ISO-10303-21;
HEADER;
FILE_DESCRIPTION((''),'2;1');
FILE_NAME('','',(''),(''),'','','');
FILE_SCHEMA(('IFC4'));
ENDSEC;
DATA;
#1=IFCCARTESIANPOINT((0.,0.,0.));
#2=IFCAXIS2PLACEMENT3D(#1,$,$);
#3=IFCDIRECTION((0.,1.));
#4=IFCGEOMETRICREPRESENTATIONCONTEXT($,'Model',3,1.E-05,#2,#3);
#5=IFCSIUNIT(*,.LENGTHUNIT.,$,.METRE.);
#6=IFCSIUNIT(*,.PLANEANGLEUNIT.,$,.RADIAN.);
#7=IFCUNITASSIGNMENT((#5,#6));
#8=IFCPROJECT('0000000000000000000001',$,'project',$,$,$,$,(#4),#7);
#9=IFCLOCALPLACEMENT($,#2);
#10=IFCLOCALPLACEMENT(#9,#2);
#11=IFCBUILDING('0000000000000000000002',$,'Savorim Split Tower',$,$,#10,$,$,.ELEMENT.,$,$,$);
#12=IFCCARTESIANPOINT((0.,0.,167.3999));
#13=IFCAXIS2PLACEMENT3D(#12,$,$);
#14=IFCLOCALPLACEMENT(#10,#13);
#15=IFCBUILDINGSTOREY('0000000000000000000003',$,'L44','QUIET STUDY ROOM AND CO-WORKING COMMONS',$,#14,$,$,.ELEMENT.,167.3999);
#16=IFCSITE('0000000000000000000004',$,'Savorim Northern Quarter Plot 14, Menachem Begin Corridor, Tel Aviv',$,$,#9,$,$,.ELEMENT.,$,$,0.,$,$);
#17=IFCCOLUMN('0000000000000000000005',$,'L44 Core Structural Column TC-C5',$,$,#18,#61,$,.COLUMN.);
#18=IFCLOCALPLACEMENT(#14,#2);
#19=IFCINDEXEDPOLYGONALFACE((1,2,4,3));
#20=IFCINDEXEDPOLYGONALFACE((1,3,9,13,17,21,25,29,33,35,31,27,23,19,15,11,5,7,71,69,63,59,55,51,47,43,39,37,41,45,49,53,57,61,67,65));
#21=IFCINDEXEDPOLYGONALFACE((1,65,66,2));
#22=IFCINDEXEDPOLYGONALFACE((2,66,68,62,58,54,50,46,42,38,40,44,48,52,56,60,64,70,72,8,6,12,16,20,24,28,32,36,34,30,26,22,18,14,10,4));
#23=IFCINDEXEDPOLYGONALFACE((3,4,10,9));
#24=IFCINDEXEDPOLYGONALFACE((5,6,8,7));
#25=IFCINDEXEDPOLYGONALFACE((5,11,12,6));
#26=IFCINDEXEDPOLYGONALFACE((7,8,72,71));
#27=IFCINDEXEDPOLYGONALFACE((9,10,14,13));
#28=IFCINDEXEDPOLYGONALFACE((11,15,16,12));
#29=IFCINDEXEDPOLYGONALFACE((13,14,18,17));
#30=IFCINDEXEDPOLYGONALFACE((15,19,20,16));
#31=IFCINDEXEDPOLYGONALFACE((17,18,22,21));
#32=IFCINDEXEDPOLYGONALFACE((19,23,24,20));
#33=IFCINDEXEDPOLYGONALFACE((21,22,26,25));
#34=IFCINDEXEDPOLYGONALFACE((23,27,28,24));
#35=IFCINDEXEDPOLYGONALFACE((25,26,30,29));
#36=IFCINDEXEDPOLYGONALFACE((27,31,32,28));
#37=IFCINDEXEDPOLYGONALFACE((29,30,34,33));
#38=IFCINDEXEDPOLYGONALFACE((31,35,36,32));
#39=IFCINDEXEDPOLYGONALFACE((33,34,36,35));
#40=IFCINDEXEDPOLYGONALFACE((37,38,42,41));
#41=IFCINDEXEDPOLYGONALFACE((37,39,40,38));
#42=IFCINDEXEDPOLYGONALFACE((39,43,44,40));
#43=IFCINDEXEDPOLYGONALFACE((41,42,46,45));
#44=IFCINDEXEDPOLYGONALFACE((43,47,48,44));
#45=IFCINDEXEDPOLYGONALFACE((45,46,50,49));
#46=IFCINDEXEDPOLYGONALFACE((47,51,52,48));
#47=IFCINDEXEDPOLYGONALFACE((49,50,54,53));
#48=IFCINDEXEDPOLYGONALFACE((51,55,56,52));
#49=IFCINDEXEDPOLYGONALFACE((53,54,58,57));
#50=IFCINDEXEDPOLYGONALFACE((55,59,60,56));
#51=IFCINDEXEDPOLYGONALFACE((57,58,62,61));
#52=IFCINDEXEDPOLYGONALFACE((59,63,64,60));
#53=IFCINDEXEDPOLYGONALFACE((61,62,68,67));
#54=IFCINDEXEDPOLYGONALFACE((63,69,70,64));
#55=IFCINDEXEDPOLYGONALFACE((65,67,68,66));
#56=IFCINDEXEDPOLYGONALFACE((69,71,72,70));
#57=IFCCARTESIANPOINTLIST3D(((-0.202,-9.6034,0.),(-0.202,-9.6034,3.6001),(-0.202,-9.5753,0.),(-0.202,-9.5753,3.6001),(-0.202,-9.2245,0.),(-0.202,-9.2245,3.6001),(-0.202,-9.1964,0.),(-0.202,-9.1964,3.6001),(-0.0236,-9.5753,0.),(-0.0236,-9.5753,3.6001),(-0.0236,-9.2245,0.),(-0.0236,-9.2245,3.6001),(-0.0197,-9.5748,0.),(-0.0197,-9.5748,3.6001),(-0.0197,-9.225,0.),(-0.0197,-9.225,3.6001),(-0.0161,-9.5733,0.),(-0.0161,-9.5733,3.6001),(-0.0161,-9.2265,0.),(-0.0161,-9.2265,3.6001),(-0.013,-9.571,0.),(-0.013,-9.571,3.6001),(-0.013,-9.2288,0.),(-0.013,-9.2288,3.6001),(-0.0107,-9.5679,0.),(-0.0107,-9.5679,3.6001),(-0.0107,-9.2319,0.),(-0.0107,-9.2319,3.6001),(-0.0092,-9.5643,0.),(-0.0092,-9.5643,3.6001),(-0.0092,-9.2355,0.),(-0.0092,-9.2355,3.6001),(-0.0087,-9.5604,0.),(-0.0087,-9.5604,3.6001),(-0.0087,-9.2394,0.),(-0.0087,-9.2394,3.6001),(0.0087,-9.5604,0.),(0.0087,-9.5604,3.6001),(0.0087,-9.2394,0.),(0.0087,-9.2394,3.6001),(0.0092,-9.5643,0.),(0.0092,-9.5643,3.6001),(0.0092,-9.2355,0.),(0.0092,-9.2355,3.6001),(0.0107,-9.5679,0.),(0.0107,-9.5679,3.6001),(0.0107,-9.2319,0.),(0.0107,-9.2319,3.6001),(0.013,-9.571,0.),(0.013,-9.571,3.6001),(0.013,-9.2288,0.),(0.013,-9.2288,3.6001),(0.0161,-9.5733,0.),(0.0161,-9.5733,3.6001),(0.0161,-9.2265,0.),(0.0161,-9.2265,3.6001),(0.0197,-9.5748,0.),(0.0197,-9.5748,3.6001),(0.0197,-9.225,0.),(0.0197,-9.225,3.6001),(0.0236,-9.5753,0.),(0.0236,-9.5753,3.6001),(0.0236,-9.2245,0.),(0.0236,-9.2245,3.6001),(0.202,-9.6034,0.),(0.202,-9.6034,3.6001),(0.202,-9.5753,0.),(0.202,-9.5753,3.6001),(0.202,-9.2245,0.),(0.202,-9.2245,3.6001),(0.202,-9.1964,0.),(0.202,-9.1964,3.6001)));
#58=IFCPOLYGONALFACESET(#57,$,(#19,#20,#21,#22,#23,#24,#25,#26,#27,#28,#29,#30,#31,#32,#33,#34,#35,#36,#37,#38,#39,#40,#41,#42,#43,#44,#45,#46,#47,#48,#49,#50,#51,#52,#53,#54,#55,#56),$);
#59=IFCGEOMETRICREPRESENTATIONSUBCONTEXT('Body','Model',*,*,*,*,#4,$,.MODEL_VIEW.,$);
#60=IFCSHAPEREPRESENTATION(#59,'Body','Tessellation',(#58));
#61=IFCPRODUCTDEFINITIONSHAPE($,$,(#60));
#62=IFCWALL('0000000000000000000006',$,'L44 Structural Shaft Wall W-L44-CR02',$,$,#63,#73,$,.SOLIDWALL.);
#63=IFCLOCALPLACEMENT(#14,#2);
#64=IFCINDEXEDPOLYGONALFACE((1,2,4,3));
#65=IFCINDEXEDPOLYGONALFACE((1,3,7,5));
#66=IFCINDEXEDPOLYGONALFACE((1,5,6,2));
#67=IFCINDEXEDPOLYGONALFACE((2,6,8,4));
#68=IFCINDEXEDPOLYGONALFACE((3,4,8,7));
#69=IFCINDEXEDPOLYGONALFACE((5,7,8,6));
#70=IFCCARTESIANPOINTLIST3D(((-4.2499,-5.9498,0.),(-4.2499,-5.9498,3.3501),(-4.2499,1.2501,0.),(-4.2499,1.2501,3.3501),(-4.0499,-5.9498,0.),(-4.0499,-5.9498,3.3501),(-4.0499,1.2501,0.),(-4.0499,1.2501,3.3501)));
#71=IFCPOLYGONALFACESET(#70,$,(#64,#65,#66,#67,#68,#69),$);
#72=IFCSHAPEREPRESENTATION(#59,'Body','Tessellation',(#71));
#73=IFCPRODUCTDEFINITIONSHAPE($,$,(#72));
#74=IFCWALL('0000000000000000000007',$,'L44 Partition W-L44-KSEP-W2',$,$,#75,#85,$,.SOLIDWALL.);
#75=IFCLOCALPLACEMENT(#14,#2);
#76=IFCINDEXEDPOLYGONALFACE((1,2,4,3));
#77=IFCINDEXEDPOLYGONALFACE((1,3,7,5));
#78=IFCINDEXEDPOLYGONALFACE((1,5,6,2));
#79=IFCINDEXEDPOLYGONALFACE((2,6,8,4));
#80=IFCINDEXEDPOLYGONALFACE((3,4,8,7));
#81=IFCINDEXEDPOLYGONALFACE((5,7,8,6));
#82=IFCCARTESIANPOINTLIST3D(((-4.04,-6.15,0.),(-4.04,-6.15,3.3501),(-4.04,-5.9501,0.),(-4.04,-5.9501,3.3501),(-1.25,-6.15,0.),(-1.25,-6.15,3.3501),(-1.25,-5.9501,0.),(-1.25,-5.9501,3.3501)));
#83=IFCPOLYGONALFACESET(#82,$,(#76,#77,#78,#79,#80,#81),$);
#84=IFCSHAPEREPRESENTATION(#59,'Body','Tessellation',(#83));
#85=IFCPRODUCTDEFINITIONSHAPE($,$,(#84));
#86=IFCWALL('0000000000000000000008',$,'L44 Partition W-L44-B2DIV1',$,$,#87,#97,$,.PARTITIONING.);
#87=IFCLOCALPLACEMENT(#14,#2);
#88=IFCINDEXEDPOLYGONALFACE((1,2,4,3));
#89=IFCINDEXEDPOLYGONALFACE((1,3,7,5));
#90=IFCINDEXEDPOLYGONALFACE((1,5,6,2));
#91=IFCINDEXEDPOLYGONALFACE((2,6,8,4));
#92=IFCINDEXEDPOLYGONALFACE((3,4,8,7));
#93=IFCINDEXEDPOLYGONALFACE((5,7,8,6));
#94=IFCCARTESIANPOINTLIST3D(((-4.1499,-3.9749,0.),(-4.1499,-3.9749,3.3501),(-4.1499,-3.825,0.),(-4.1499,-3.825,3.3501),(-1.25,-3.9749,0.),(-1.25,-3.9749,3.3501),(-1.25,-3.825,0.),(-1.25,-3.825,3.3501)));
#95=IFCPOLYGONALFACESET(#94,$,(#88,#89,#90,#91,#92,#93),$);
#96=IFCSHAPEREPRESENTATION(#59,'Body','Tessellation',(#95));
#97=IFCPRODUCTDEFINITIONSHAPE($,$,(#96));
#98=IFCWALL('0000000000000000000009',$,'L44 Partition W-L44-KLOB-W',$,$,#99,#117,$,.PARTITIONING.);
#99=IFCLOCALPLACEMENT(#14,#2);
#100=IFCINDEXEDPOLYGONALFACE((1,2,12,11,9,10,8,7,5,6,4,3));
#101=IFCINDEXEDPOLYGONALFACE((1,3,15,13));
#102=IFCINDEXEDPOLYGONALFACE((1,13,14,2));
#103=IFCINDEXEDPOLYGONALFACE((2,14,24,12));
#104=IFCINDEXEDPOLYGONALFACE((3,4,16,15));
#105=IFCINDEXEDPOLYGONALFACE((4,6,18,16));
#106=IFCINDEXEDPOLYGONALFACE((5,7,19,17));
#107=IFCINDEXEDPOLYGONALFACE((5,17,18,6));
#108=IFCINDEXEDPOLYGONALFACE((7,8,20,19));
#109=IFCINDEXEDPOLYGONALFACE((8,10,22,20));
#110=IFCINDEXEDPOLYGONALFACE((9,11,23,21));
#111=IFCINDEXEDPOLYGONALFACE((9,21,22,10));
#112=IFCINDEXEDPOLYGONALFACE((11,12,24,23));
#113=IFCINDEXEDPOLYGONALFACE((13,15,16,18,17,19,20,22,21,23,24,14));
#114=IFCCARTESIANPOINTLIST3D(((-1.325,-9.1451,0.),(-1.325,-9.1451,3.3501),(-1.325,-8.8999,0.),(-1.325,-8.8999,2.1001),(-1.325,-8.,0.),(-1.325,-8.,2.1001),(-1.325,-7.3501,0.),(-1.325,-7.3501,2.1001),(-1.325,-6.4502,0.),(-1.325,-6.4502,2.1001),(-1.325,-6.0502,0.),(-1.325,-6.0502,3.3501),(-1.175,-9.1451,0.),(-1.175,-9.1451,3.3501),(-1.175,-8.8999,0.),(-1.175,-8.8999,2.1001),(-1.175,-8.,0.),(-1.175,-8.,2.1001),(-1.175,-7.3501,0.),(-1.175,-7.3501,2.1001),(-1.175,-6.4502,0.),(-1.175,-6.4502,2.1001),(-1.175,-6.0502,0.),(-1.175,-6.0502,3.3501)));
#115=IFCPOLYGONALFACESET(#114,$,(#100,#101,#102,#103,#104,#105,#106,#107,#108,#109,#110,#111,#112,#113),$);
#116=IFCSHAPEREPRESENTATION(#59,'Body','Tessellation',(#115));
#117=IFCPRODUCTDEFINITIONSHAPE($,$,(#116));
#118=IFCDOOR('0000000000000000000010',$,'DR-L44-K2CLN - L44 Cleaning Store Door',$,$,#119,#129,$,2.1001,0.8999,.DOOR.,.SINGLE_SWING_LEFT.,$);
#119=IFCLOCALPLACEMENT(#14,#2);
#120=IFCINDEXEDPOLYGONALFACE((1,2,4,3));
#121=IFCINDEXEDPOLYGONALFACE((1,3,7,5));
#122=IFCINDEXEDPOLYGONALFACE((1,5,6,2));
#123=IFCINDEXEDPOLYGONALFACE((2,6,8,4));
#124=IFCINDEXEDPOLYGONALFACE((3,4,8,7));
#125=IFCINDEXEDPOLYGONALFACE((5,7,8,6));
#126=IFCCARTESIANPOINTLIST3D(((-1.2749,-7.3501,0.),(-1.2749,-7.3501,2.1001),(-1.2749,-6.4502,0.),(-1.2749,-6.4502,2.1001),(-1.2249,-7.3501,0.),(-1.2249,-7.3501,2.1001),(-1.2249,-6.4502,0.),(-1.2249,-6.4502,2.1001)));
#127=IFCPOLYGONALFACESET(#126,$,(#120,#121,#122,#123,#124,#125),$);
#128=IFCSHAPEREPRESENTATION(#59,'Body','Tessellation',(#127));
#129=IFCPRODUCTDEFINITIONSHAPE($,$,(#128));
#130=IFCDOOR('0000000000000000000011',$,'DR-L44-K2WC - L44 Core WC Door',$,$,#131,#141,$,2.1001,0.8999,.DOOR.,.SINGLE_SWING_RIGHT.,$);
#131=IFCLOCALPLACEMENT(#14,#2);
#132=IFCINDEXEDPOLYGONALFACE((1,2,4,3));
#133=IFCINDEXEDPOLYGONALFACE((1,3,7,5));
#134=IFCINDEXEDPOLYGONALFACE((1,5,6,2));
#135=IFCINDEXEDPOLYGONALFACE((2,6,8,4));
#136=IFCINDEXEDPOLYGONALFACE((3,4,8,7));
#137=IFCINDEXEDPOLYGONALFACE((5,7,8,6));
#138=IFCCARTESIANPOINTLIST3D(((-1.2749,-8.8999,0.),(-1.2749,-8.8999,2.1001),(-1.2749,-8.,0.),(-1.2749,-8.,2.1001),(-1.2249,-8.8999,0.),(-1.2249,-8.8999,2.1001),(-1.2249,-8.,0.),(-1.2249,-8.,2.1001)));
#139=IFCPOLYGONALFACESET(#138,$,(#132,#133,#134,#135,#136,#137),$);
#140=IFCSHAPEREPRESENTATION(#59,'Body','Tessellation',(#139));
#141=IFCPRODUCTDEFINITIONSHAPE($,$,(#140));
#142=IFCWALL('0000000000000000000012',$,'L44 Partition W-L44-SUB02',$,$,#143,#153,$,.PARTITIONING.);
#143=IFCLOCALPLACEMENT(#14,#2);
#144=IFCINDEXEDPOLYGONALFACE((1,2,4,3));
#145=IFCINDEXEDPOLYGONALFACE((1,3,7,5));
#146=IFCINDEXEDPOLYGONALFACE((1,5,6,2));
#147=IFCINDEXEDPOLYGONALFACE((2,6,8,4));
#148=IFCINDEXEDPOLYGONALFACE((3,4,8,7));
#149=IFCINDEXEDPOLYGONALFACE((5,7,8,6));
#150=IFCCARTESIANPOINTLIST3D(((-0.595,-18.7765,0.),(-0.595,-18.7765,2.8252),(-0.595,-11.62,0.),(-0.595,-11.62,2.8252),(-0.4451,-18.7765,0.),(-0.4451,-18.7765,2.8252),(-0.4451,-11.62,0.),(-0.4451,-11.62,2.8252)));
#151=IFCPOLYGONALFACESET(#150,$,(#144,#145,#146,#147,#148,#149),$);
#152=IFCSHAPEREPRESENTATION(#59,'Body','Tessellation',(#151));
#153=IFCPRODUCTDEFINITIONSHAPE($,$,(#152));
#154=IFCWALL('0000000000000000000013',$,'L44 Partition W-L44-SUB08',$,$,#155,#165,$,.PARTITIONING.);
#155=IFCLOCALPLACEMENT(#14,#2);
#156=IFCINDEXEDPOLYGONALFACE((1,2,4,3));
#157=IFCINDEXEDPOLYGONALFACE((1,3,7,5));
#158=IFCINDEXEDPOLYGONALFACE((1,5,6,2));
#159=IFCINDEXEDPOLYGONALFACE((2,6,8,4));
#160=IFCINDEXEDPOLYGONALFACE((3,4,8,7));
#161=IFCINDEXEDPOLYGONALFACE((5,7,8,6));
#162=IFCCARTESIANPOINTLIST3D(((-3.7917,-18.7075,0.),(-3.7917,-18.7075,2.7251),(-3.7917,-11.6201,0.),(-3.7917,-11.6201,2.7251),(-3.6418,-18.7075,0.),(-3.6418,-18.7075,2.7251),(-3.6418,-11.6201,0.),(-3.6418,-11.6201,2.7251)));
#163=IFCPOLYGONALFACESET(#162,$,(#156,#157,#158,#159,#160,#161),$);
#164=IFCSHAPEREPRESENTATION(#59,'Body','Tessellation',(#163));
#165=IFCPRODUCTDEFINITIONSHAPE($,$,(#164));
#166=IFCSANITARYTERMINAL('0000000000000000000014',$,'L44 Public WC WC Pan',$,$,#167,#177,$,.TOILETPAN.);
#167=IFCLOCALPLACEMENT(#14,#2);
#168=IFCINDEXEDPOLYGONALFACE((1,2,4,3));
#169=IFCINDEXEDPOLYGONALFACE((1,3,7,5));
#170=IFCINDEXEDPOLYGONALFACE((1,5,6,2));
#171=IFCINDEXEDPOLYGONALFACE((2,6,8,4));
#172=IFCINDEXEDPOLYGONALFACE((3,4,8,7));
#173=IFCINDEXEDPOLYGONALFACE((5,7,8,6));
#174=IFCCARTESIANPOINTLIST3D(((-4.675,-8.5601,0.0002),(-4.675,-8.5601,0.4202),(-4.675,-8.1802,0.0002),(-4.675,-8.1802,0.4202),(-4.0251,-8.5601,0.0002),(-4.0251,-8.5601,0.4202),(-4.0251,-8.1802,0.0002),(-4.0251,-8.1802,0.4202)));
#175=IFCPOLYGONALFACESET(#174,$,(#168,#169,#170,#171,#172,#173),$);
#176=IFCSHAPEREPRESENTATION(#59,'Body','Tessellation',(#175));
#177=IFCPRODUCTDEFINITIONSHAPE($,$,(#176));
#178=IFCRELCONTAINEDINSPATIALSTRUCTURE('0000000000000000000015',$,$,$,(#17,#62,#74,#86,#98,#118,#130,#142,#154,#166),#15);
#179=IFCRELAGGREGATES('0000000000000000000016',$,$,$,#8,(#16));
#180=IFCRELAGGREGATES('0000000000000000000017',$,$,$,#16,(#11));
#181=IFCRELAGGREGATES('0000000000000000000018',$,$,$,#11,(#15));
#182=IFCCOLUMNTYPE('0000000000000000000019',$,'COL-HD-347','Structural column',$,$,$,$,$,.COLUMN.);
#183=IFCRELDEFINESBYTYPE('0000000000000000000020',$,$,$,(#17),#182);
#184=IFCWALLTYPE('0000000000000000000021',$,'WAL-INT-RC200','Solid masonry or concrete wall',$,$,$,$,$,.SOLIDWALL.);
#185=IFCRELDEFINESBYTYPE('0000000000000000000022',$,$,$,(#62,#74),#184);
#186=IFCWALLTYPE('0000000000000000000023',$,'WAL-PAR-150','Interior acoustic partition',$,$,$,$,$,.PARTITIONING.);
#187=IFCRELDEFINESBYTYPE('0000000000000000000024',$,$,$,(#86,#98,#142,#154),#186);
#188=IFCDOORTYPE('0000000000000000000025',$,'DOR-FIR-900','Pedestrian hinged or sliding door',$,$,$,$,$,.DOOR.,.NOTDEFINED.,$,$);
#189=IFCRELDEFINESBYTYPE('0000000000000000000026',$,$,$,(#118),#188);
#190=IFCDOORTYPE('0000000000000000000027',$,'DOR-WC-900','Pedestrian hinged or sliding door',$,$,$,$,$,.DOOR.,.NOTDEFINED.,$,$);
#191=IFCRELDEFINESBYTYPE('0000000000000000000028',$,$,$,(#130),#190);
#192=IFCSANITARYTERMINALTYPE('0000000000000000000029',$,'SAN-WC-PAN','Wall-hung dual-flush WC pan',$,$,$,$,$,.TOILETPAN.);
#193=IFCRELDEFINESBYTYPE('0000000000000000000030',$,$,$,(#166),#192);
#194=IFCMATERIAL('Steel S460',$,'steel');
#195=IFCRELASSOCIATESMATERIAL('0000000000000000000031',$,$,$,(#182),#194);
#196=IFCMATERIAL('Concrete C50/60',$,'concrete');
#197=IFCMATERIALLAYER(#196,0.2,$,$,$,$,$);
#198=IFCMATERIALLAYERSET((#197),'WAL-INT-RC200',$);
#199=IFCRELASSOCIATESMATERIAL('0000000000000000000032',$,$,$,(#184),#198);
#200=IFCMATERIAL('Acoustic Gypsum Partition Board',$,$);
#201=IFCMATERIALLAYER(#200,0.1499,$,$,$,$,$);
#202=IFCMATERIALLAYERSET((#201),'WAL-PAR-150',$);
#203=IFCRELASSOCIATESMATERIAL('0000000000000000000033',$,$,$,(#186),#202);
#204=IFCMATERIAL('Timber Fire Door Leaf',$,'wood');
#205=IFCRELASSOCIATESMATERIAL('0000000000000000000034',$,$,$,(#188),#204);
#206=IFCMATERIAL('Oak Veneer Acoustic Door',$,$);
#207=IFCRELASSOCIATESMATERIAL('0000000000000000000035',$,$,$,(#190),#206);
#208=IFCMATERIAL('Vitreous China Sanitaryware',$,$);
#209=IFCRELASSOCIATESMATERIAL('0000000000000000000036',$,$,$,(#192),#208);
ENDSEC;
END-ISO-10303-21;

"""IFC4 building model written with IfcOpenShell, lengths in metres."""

from ifc_helpers import new_model, si_unit, direction, frame, frame_2d, origin, origin_2d, place, context, subcontext, project, spatial, rectangle, i_section, extrude, material, layer, layer_set, material_profile, profile_set, type_object, element, fill, save


model = new_model("IFC4")

# Units and contexts
model_context = context("Model", 3, precision=1e-05, world=origin(), true_north=direction((0.0, 1.0)))
body_context = subcontext(model_context, "Body", "Model", "MODEL_VIEW")
ifc_project = project(units=[si_unit("LENGTHUNIT", "METRE"), si_unit("PLANEANGLEUNIT", "RADIAN")], contexts=[model_context])

# Site, building, storey
site_placement = place(None, origin())
site = spatial("IfcSite", under=ifc_project, at=site_placement, Name="Savorim Northern Quarter Plot 14, Menachem Begin Corridor, Tel Aviv", CompositionType="ELEMENT", RefElevation=0.0)
building_placement = place(site_placement, origin())
building = spatial("IfcBuilding", under=site, at=building_placement, Name="Savorim Split Tower", CompositionType="ELEMENT")
storey_placement = place(building_placement, frame((0.0, 0.0, 167.3999)))
storey = spatial("IfcBuildingStorey", under=building, at=storey_placement, Name="L44", Description="QUIET STUDY ROOM AND CO-WORKING COMMONS", CompositionType="ELEMENT", Elevation=167.3999)

# Column
ifc_material_1 = material(Name="Steel S460", Category="steel")
ifc_material_profile = material_profile(ifc_material_1, i_section(OverallWidth=0.4041, OverallDepth=0.407, WebThickness=0.0173, FlangeThickness=0.0281, FilletRadius=0.0149, at=origin_2d()), Name="HD 400x347")
ifc_profile_set = profile_set([ifc_material_profile], Name="Steel S460")
column_type = type_object("IfcColumnType", Name="COL-HD-347", Description="Structural column", PredefinedType="COLUMN", material=ifc_profile_set)
column_placement = place(storey_placement, frame((0.0, -9.3999, 0.0), z_axis=(0.0, 0.0, 1.0), x_axis=(1.0, 0.0, 0.0)))
element("IfcColumn", 1, at=column_placement, inside=storey, type_object=column_type, Name="L44 Core Structural Column TC-C5", PredefinedType="COLUMN", context=body_context, shape_type="SweptSolid", body=[
    extrude(i_section(OverallWidth=0.4041, OverallDepth=0.407, WebThickness=0.0173, FlangeThickness=0.0281, FilletRadius=0.0149, at=origin_2d()), origin(), (0.0, 0.0, 1.0), 3.6001),
])

# Wall
ifc_material_2 = material(Name="Concrete C50/60", Category="concrete")
ifc_layer_1 = layer(ifc_material_2, 0.2)
ifc_layer_set_1 = layer_set([ifc_layer_1], Name="WAL-INT-RC200")
wall_type_1 = type_object("IfcWallType", Name="WAL-INT-RC200", Description="Solid masonry or concrete wall", PredefinedType="SOLIDWALL", material=ifc_layer_set_1)
wall_1_placement = place(storey_placement, frame((-4.1499, -5.95, 0.0), z_axis=(0.0, 0.0, 1.0), x_axis=(0.0, 1.0, 0.0)))
element("IfcWall", 2, at=wall_1_placement, inside=storey, type_object=wall_type_1, Name="L44 Structural Shaft Wall W-L44-CR02", PredefinedType="SOLIDWALL", context=body_context, shape_type="SweptSolid", body=[
    extrude(rectangle(XDim=7.2, YDim=0.2, at=frame_2d((3.6001, 0.0))), origin(), (0.0, 0.0, 1.0), 3.3501),
])

# Walls
wall_2_placement = place(storey_placement, frame((-4.04, -6.05, 0.0), z_axis=(0.0, 0.0, 1.0), x_axis=(1.0, 0.0, 0.0)))
element("IfcWall", 3, at=wall_2_placement, inside=storey, type_object=wall_type_1, Name="L44 Partition W-L44-KSEP-W2", PredefinedType="SOLIDWALL", context=body_context, shape_type="SweptSolid", body=[
    extrude(rectangle(XDim=2.79, YDim=0.2, at=frame_2d((1.395, 0.0))), origin(), (0.0, 0.0, 1.0), 3.3501),
])
ifc_material_3 = material(Name="Acoustic Gypsum Partition Board")
ifc_layer_2 = layer(ifc_material_3, 0.1499)
ifc_layer_set_2 = layer_set([ifc_layer_2], Name="WAL-PAR-150")
wall_type_2 = type_object("IfcWallType", Name="WAL-PAR-150", Description="Interior acoustic partition", PredefinedType="PARTITIONING", material=ifc_layer_set_2)
wall_3_placement = place(storey_placement, frame((-4.1499, -3.8999, 0.0), z_axis=(0.0, 0.0, 1.0), x_axis=(1.0, 0.0, 0.0)))
element("IfcWall", 4, at=wall_3_placement, inside=storey, type_object=wall_type_2, Name="L44 Partition W-L44-B2DIV1", PredefinedType="PARTITIONING", context=body_context, shape_type="SweptSolid", body=[
    extrude(rectangle(XDim=2.8999, YDim=0.1499, at=frame_2d((1.45, 0.0))), origin(), (0.0, 0.0, 1.0), 3.3501),
])

# Wall, openings, doors
wall_4_placement = place(storey_placement, frame((-1.25, -9.145, 0.0), z_axis=(0.0, 0.0, 1.0), x_axis=(0.0, 1.0, 0.0)))
wall_4 = element("IfcWall", 5, at=wall_4_placement, inside=storey, type_object=wall_type_2, Name="L44 Partition W-L44-KLOB-W", PredefinedType="PARTITIONING", context=body_context, shape_type="SweptSolid", body=[
    extrude(rectangle(XDim=3.095, YDim=0.1499, at=frame_2d((1.5474, 0.0))), origin(), (0.0, 0.0, 1.0), 3.3501),
])
opening_1_placement = place(wall_4_placement, frame((1.7949, 0.0, 0.0)))
opening_1 = element("IfcOpeningElement", 6, at=opening_1_placement, cuts=wall_4, PredefinedType="OPENING", context=body_context, shape_type="SweptSolid", body=[
    extrude(rectangle(XDim=0.8999, YDim=2.1001, at=frame_2d((0.45, 1.05))), frame((0.0, 0.085, 0.0), z_axis=(0.0, -1.0, 0.0), x_axis=(1.0, 0.0, 0.0)), (0.0, 0.0, 1.0), 0.1699),
])
opening_2_placement = place(wall_4_placement, frame((0.2451, 0.0, 0.0)))
opening_2 = element("IfcOpeningElement", 7, at=opening_2_placement, cuts=wall_4, PredefinedType="OPENING", context=body_context, shape_type="SweptSolid", body=[
    extrude(rectangle(XDim=0.8999, YDim=2.1001, at=frame_2d((0.45, 1.05))), frame((0.0, 0.085, 0.0), z_axis=(0.0, -1.0, 0.0), x_axis=(1.0, 0.0, 0.0)), (0.0, 0.0, 1.0), 0.1699),
])
ifc_material_4 = material(Name="Timber Fire Door Leaf", Category="wood")
door_type_1 = type_object("IfcDoorType", Name="DOR-FIR-900", Description="Pedestrian hinged or sliding door", OperationType="NOTDEFINED", PredefinedType="DOOR", material=ifc_material_4)
door_1_placement = place(opening_1_placement, origin())
door_1 = element("IfcDoor", 8, at=door_1_placement, inside=storey, type_object=door_type_1, Name="DR-L44-K2CLN - L44 Cleaning Store Door", OperationType="SINGLE_SWING_LEFT", OverallHeight=2.1001, OverallWidth=0.8999, PredefinedType="DOOR", context=body_context, shape_type="SweptSolid", body=[
    extrude(rectangle(XDim=0.8999, YDim=2.1001, at=frame_2d((0.45, 1.05))), frame((0.0, 0.0249, 0.0), z_axis=(0.0, -1.0, 0.0), x_axis=(1.0, 0.0, 0.0)), (0.0, 0.0, 1.0), 0.05),
])
fill(opening_1, door_1)
ifc_material_5 = material(Name="Oak Veneer Acoustic Door")
door_type_2 = type_object("IfcDoorType", Name="DOR-WC-900", Description="Pedestrian hinged or sliding door", OperationType="NOTDEFINED", PredefinedType="DOOR", material=ifc_material_5)
door_2_placement = place(opening_2_placement, origin())
door_2 = element("IfcDoor", 9, at=door_2_placement, inside=storey, type_object=door_type_2, Name="DR-L44-K2WC - L44 Core WC Door", OperationType="SINGLE_SWING_RIGHT", OverallHeight=2.1001, OverallWidth=0.8999, PredefinedType="DOOR", context=body_context, shape_type="SweptSolid", body=[
    extrude(rectangle(XDim=0.8999, YDim=2.1001, at=frame_2d((0.45, 1.05))), frame((0.0, 0.0249, 0.0), z_axis=(0.0, -1.0, 0.0), x_axis=(1.0, 0.0, 0.0)), (0.0, 0.0, 1.0), 0.05),
])
fill(opening_2, door_2)

# Walls
wall_5_placement = place(storey_placement, frame((-0.52, -11.6201, 0.0), z_axis=(0.0, 0.0, 1.0), x_axis=(0.0, -1.0, 0.0)))
element("IfcWall", 10, at=wall_5_placement, inside=storey, type_object=wall_type_2, Name="L44 Partition W-L44-SUB02", PredefinedType="PARTITIONING", context=body_context, shape_type="SweptSolid", body=[
    extrude(rectangle(XDim=7.1565, YDim=0.1499, at=frame_2d((3.5781, 0.0))), origin(), (0.0, 0.0, 1.0), 2.8252),
])
wall_6_placement = place(storey_placement, frame((-3.7168, -11.6201, 0.0), z_axis=(0.0, 0.0, 1.0), x_axis=(0.0, -1.0, 0.0)))
element("IfcWall", 11, at=wall_6_placement, inside=storey, type_object=wall_type_2, Name="L44 Partition W-L44-SUB08", PredefinedType="PARTITIONING", context=body_context, shape_type="SweptSolid", body=[
    extrude(rectangle(XDim=7.0874, YDim=0.1499, at=frame_2d((3.5437, 0.0))), origin(), (0.0, 0.0, 1.0), 2.7251),
])

# Sanitary terminal
ifc_material_6 = material(Name="Vitreous China Sanitaryware")
sanitary_terminal_type_1 = type_object("IfcSanitaryTerminalType", Name="SAN-WC-PAN", Description="Wall-hung dual-flush WC pan", PredefinedType="TOILETPAN", material=ifc_material_6)
sanitary_terminal_1_placement = place(storey_placement, frame((-4.3501, -8.3701, 0.0002), z_axis=(0.0, 0.0, 1.0), x_axis=(1.0, 0.0, 0.0)))
element("IfcSanitaryTerminal", 12, at=sanitary_terminal_1_placement, inside=storey, type_object=sanitary_terminal_type_1, Name="L44 Public WC WC Pan", PredefinedType="TOILETPAN", context=body_context, shape_type="SweptSolid", body=[
    extrude(rectangle(XDim=0.6499, YDim=0.3799, at=origin_2d()), origin(), (0.0, 0.0, 1.0), 0.4199),
])

save(model, "model.ifc")
